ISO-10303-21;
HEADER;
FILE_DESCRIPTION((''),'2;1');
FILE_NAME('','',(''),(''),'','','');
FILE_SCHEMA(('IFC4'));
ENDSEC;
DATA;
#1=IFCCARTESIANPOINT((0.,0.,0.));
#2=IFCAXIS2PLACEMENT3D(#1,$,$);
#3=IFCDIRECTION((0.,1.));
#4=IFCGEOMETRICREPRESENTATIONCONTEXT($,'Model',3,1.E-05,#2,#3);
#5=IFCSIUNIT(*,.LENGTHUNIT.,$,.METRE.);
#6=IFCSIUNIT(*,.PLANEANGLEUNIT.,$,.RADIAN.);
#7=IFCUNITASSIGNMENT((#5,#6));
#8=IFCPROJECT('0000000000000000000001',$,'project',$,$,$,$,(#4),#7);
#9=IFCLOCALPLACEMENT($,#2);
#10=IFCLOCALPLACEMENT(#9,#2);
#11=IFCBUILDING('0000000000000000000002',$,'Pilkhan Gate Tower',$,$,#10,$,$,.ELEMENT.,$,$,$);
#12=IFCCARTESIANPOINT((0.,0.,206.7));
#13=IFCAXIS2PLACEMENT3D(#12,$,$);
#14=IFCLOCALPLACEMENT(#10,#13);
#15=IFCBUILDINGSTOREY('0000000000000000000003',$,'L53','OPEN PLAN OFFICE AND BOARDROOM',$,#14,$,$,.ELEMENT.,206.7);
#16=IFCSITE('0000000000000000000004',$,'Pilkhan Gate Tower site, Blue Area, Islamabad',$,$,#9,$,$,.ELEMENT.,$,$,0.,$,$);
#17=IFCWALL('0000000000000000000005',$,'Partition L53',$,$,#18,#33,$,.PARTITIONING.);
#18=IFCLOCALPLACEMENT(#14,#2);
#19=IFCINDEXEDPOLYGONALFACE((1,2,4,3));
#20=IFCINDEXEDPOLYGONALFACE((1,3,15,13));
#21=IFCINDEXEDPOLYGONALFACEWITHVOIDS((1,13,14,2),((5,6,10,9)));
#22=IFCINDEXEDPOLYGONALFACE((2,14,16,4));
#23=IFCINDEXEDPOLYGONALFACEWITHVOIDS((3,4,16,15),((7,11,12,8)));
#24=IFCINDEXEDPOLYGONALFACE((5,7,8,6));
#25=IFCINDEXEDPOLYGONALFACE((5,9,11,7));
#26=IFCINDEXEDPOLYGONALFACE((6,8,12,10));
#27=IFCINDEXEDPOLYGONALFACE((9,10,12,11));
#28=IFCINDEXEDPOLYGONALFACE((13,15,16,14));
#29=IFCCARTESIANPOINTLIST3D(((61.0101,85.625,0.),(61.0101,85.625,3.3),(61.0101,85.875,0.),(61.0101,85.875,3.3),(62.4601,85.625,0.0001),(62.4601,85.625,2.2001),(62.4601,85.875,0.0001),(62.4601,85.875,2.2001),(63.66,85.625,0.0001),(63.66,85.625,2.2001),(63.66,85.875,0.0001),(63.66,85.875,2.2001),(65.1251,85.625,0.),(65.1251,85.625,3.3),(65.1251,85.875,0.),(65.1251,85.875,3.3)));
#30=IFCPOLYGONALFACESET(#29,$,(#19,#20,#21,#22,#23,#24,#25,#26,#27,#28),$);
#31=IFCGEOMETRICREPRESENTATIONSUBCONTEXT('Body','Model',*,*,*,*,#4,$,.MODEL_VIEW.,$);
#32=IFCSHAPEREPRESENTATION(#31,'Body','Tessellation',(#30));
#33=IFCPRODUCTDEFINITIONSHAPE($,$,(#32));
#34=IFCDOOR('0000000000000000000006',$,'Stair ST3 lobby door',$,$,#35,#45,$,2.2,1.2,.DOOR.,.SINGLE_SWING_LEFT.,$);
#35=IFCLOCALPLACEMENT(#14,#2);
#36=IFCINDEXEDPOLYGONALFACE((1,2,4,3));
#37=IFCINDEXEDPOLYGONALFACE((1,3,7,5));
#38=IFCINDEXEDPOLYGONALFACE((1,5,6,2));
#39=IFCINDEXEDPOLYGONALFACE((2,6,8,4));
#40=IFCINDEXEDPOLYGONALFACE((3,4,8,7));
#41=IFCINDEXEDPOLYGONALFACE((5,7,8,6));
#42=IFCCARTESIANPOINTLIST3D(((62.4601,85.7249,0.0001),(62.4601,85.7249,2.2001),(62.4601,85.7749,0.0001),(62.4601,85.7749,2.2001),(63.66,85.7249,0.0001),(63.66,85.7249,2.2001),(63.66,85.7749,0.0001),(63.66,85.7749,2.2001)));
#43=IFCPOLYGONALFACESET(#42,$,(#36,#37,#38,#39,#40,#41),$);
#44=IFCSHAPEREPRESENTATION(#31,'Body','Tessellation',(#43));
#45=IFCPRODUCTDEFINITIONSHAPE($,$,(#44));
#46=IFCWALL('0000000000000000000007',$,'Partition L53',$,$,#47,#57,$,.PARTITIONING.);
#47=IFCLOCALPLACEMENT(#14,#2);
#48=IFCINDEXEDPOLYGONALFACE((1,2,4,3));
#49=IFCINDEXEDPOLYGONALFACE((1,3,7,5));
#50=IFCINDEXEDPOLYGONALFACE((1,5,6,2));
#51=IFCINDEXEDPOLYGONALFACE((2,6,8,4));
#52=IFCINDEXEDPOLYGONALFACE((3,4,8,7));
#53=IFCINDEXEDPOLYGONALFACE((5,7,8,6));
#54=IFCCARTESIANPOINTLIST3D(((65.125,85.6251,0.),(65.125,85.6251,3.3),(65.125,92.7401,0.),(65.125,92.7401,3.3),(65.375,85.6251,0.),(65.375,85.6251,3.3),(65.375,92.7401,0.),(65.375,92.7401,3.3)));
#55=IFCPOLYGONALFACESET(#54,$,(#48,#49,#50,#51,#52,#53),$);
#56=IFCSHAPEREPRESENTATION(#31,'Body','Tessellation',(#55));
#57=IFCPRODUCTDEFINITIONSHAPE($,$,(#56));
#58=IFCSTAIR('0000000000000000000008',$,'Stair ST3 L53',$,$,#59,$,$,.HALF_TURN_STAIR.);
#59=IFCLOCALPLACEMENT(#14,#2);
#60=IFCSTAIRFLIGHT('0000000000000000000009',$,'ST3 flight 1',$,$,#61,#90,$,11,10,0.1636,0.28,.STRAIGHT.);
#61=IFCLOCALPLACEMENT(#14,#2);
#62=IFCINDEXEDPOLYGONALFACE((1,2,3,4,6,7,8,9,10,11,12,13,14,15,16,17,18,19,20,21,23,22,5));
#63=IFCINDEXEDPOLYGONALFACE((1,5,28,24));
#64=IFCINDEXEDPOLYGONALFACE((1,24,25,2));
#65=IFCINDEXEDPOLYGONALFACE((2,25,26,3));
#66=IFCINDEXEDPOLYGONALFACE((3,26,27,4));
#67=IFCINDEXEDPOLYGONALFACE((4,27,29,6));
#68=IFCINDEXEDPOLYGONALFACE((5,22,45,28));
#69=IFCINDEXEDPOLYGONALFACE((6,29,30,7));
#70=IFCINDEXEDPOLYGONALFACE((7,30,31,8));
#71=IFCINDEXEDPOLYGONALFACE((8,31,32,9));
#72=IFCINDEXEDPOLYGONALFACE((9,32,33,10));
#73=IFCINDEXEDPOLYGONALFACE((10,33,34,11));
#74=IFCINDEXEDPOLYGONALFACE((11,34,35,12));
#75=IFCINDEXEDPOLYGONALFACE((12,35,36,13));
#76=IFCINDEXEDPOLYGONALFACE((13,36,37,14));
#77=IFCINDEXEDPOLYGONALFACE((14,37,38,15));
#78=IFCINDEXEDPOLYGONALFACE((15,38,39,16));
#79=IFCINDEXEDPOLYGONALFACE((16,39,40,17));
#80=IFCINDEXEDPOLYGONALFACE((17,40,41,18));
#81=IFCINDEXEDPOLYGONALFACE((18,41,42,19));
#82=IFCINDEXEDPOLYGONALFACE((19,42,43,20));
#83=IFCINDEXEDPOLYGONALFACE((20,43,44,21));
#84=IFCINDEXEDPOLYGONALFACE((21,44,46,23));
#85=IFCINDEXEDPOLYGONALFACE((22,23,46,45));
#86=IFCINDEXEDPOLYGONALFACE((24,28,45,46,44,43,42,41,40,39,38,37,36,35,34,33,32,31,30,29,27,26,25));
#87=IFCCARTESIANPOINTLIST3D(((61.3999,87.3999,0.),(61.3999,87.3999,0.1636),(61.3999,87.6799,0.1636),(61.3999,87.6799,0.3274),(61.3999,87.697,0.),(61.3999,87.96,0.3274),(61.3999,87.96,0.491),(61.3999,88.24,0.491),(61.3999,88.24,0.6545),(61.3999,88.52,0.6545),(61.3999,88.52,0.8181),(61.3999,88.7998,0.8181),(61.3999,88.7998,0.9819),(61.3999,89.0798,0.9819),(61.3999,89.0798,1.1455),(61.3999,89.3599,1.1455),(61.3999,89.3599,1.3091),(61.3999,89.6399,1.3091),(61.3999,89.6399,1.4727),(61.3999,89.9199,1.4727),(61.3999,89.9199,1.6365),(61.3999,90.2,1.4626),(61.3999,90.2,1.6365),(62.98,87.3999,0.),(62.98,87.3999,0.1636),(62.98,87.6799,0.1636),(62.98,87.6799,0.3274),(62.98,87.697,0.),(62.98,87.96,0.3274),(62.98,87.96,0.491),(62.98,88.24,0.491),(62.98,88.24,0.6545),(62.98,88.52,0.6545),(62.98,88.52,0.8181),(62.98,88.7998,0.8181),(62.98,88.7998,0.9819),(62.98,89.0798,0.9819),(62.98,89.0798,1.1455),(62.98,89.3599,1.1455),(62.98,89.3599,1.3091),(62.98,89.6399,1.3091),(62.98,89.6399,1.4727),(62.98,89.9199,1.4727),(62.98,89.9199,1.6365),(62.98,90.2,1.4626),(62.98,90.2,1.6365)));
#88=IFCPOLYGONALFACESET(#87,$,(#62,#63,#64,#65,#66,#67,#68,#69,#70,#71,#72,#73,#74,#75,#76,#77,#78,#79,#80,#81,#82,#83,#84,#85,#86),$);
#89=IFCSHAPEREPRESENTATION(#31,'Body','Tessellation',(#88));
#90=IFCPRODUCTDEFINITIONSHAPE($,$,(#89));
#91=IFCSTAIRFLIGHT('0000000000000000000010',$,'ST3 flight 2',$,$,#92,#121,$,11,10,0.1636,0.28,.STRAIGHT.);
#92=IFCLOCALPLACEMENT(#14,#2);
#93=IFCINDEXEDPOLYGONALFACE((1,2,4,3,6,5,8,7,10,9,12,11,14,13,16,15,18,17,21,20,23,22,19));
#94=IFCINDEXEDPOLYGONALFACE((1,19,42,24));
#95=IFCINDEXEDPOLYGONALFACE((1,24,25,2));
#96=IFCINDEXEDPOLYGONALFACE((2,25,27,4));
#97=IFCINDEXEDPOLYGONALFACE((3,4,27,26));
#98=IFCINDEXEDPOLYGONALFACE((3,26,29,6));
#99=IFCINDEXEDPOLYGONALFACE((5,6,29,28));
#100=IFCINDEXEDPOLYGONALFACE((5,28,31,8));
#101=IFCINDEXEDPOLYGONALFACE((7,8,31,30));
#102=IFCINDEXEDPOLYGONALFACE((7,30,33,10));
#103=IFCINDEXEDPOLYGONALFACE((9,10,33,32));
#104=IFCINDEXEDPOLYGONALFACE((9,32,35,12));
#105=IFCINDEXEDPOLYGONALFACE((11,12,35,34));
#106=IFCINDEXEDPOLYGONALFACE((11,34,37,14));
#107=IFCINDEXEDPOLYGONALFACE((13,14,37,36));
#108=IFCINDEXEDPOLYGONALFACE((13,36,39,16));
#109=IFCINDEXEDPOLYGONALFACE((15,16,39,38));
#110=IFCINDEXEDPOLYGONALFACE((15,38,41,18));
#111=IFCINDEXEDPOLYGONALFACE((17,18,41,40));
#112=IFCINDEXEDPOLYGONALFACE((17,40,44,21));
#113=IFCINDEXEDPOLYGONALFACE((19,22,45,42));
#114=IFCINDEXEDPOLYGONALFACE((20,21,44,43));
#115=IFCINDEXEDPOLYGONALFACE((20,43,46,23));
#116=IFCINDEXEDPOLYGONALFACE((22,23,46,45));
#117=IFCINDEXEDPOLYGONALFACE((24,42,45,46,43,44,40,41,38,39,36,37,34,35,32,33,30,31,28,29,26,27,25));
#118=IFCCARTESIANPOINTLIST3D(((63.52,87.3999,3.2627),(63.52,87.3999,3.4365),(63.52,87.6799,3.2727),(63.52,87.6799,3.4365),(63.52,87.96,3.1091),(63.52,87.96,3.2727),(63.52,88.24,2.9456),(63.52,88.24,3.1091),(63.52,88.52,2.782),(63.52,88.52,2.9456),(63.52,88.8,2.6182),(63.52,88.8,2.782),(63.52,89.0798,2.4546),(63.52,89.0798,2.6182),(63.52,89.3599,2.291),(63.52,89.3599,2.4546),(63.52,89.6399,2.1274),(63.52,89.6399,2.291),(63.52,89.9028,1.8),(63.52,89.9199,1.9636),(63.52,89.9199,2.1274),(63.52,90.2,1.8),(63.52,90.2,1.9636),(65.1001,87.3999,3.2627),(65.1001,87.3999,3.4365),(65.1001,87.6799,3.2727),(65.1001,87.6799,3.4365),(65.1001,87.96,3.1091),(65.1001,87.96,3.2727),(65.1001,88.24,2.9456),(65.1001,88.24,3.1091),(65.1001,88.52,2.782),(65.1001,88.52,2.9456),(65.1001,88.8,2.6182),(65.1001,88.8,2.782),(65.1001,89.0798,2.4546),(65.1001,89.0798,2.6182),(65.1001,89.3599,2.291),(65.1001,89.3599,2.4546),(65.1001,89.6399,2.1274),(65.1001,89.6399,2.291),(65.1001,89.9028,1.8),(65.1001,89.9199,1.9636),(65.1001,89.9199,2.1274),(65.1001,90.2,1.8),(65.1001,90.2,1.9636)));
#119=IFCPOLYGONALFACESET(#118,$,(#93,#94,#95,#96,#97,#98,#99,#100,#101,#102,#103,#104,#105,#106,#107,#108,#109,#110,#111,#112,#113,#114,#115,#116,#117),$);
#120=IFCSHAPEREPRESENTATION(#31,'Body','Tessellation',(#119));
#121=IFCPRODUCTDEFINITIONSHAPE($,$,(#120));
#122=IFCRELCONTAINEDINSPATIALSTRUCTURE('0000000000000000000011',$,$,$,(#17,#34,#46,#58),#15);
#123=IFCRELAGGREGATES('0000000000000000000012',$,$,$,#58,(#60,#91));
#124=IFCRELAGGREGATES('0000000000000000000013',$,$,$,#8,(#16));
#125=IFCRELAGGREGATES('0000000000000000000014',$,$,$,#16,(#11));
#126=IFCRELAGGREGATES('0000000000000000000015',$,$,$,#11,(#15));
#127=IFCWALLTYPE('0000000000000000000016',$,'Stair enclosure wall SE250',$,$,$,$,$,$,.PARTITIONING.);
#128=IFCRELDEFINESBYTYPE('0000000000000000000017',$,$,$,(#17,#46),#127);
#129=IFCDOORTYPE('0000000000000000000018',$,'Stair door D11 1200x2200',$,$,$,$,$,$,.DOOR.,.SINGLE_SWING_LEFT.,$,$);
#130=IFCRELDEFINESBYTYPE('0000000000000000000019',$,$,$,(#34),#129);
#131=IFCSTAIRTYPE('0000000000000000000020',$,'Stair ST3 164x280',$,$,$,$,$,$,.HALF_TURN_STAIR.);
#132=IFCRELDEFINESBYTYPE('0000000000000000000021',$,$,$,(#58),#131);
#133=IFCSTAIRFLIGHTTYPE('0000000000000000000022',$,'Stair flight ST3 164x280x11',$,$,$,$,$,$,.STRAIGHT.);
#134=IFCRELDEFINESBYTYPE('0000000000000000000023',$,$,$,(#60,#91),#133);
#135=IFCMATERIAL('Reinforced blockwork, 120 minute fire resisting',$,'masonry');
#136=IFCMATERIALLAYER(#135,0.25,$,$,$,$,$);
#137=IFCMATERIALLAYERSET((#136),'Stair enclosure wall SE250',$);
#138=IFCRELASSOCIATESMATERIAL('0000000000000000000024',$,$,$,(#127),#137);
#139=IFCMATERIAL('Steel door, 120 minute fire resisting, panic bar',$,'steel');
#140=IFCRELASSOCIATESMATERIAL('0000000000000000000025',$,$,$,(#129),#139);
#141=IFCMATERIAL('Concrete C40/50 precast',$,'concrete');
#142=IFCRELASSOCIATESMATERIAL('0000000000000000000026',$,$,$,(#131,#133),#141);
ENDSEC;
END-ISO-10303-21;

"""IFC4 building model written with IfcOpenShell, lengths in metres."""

from ifc_helpers import new_model, si_unit, direction, frame, frame_2d, origin, place, context, subcontext, project, spatial, polyline, rectangle, outline, extrude, material, layer, layer_set, type_object, element, fill, aggregate, save


model = new_model("IFC4")

# Units and contexts
model_context = context("Model", 3, precision=1e-05, world=origin(), true_north=direction((0.0, 1.0)))
body_context = subcontext(model_context, "Body", "Model", "MODEL_VIEW")
ifc_project = project(units=[si_unit("LENGTHUNIT", "METRE"), si_unit("PLANEANGLEUNIT", "RADIAN")], contexts=[model_context])

# Site, building, storey
site_placement = place(None, origin())
site = spatial("IfcSite", under=ifc_project, at=site_placement, Name="Pilkhan Gate Tower site, Blue Area, Islamabad", CompositionType="ELEMENT", RefElevation=0.0)
building_placement = place(site_placement, origin())
building = spatial("IfcBuilding", under=site, at=building_placement, Name="Pilkhan Gate Tower", CompositionType="ELEMENT")
storey_placement = place(building_placement, frame((0.0, 0.0, 206.7)))
storey = spatial("IfcBuildingStorey", under=building, at=storey_placement, Name="L53", Description="OPEN PLAN OFFICE AND BOARDROOM", CompositionType="ELEMENT", Elevation=206.7)

# Wall, opening, door
ifc_material_1 = material(Name="Reinforced blockwork, 120 minute fire resisting", Category="masonry")
ifc_layer_1 = layer(ifc_material_1, 0.25)
ifc_layer_set_1 = layer_set([ifc_layer_1], Name="Stair enclosure wall SE250")
wall_type_1 = type_object("IfcWallType", Name="Stair enclosure wall SE250", PredefinedType="PARTITIONING", material=ifc_layer_set_1)
wall_1_placement = place(storey_placement, frame((61.01, 85.75, 0.0), z_axis=(0.0, 0.0, 1.0), x_axis=(1.0, 0.0, 0.0)))
wall_1 = element("IfcWall", 1, at=wall_1_placement, inside=storey, type_object=wall_type_1, Name="Partition L53", PredefinedType="PARTITIONING", context=body_context, shape_type="SweptSolid", body=[
    extrude(rectangle(XDim=4.115, YDim=0.25, at=frame_2d((2.0576, 0.0))), origin(), (0.0, 0.0, 1.0), 3.3),
])
opening_1_placement = place(wall_1_placement, frame((1.45, 0.0, 0.0)))
opening_1 = element("IfcOpeningElement", 2, at=opening_1_placement, cuts=wall_1, PredefinedType="OPENING", context=body_context, shape_type="SweptSolid", body=[
    extrude(rectangle(XDim=1.2, YDim=2.2, at=frame_2d((0.6001, 1.1001))), frame((0.0, 0.135, 0.0), z_axis=(0.0, -1.0, 0.0), x_axis=(1.0, 0.0, 0.0)), (0.0, 0.0, 1.0), 0.27),
])
ifc_material_2 = material(Name="Steel door, 120 minute fire resisting, panic bar", Category="steel")
door_type_1 = type_object("IfcDoorType", Name="Stair door D11 1200x2200", OperationType="SINGLE_SWING_LEFT", PredefinedType="DOOR", material=ifc_material_2)
door_1_placement = place(opening_1_placement, origin())
door_1 = element("IfcDoor", 3, at=door_1_placement, inside=storey, type_object=door_type_1, Name="Stair ST3 lobby door", OperationType="SINGLE_SWING_LEFT", OverallHeight=2.2, OverallWidth=1.2, PredefinedType="DOOR", context=body_context, shape_type="SweptSolid", body=[
    extrude(rectangle(XDim=1.2, YDim=2.2, at=frame_2d((0.6001, 1.1001))), frame((0.0, 0.0249, 0.0), z_axis=(0.0, -1.0, 0.0), x_axis=(1.0, 0.0, 0.0)), (0.0, 0.0, 1.0), 0.05),
])
fill(opening_1, door_1)

# Wall
wall_2_placement = place(storey_placement, frame((65.25, 85.625, 0.0), z_axis=(0.0, 0.0, 1.0), x_axis=(0.0, 1.0, 0.0)))
element("IfcWall", 4, at=wall_2_placement, inside=storey, type_object=wall_type_1, Name="Partition L53", PredefinedType="PARTITIONING", context=body_context, shape_type="SweptSolid", body=[
    extrude(rectangle(XDim=7.115, YDim=0.25, at=frame_2d((3.5576, 0.0))), origin(), (0.0, 0.0, 1.0), 3.3),
])

# Stair, stair flights
ifc_material_3 = material(Name="Concrete C40/50 precast", Category="concrete")
stair_type = type_object("IfcStairType", Name="Stair ST3 164x280", PredefinedType="HALF_TURN_STAIR", material=ifc_material_3)
stair_placement = place(storey_placement, origin())
stair = element("IfcStair", 5, at=stair_placement, inside=storey, type_object=stair_type, Name="Stair ST3 L53", PredefinedType="HALF_TURN_STAIR")
stair_flight_type = type_object("IfcStairFlightType", Name="Stair flight ST3 164x280x11", PredefinedType="STRAIGHT", material=ifc_material_3)
stair_flight_1_placement = place(storey_placement, frame((62.1899, 87.3999, 0.0), z_axis=(0.0, 0.0, 1.0), x_axis=(0.0, 1.0, 0.0)))
stair_flight_1 = element("IfcStairFlight", 6, at=stair_flight_1_placement, type_object=stair_flight_type, Name="ST3 flight 1", NumberOfRisers=11, NumberOfTreads=10, PredefinedType="STRAIGHT", RiserHeight=0.1636, TreadLength=0.28, context=body_context, shape_type="SweptSolid", body=[
    extrude(outline(polyline([(0.0, 0.0), (0.0, 0.1636), (0.28, 0.1636), (0.28, 0.3274), (0.5601, 0.3274), (0.5601, 0.491), (0.8401, 0.491), (0.8401, 0.6545), (1.1201, 0.6545), (1.1201, 0.8181), (1.3999, 0.8181), (1.3999, 0.9819), (1.6799, 0.9819), (1.6799, 1.1455), (1.96, 1.1455), (1.96, 1.3091), (2.24, 1.3091), (2.24, 1.4727), (2.52, 1.4727), (2.52, 1.6365), (2.8, 1.6365), (2.8, 1.8), (2.8, 1.4626), (0.2971, 0.0), (0.0, 0.0)])), frame((0.0, 0.79, 0.0), z_axis=(0.0, -1.0, 0.0), x_axis=(1.0, 0.0, 0.0)), (0.0, 0.0, 1.0), 1.5801),
])
stair_flight_2_placement = place(storey_placement, frame((64.3101, 90.2, 1.8), z_axis=(0.0, 0.0, 1.0), x_axis=(0.0, -1.0, 0.0)))
stair_flight_2 = element("IfcStairFlight", 7, at=stair_flight_2_placement, type_object=stair_flight_type, Name="ST3 flight 2", NumberOfRisers=11, NumberOfTreads=10, PredefinedType="STRAIGHT", RiserHeight=0.1636, TreadLength=0.28, context=body_context, shape_type="SweptSolid", body=[
    extrude(outline(polyline([(0.0, 0.0), (0.0, 0.1636), (0.28, 0.1636), (0.28, 0.3274), (0.5601, 0.3274), (0.5601, 0.491), (0.8401, 0.491), (0.8401, 0.6545), (1.1201, 0.6545), (1.1201, 0.8181), (1.3999, 0.8181), (1.3999, 0.9819), (1.6799, 0.9819), (1.6799, 1.1455), (1.96, 1.1455), (1.96, 1.3091), (2.24, 1.3091), (2.24, 1.4727), (2.52, 1.4727), (2.52, 1.6365), (2.8, 1.6365), (2.8, 1.8), (2.8, 1.4626), (0.2971, 0.0), (0.0, 0.0)])), frame((0.0, 0.79, 0.0), z_axis=(0.0, -1.0, 0.0), x_axis=(1.0, 0.0, 0.0)), (0.0, 0.0, 1.0), 1.5801),
])
aggregate(stair, [stair_flight_1, stair_flight_2])

save(model, "model.ifc")
